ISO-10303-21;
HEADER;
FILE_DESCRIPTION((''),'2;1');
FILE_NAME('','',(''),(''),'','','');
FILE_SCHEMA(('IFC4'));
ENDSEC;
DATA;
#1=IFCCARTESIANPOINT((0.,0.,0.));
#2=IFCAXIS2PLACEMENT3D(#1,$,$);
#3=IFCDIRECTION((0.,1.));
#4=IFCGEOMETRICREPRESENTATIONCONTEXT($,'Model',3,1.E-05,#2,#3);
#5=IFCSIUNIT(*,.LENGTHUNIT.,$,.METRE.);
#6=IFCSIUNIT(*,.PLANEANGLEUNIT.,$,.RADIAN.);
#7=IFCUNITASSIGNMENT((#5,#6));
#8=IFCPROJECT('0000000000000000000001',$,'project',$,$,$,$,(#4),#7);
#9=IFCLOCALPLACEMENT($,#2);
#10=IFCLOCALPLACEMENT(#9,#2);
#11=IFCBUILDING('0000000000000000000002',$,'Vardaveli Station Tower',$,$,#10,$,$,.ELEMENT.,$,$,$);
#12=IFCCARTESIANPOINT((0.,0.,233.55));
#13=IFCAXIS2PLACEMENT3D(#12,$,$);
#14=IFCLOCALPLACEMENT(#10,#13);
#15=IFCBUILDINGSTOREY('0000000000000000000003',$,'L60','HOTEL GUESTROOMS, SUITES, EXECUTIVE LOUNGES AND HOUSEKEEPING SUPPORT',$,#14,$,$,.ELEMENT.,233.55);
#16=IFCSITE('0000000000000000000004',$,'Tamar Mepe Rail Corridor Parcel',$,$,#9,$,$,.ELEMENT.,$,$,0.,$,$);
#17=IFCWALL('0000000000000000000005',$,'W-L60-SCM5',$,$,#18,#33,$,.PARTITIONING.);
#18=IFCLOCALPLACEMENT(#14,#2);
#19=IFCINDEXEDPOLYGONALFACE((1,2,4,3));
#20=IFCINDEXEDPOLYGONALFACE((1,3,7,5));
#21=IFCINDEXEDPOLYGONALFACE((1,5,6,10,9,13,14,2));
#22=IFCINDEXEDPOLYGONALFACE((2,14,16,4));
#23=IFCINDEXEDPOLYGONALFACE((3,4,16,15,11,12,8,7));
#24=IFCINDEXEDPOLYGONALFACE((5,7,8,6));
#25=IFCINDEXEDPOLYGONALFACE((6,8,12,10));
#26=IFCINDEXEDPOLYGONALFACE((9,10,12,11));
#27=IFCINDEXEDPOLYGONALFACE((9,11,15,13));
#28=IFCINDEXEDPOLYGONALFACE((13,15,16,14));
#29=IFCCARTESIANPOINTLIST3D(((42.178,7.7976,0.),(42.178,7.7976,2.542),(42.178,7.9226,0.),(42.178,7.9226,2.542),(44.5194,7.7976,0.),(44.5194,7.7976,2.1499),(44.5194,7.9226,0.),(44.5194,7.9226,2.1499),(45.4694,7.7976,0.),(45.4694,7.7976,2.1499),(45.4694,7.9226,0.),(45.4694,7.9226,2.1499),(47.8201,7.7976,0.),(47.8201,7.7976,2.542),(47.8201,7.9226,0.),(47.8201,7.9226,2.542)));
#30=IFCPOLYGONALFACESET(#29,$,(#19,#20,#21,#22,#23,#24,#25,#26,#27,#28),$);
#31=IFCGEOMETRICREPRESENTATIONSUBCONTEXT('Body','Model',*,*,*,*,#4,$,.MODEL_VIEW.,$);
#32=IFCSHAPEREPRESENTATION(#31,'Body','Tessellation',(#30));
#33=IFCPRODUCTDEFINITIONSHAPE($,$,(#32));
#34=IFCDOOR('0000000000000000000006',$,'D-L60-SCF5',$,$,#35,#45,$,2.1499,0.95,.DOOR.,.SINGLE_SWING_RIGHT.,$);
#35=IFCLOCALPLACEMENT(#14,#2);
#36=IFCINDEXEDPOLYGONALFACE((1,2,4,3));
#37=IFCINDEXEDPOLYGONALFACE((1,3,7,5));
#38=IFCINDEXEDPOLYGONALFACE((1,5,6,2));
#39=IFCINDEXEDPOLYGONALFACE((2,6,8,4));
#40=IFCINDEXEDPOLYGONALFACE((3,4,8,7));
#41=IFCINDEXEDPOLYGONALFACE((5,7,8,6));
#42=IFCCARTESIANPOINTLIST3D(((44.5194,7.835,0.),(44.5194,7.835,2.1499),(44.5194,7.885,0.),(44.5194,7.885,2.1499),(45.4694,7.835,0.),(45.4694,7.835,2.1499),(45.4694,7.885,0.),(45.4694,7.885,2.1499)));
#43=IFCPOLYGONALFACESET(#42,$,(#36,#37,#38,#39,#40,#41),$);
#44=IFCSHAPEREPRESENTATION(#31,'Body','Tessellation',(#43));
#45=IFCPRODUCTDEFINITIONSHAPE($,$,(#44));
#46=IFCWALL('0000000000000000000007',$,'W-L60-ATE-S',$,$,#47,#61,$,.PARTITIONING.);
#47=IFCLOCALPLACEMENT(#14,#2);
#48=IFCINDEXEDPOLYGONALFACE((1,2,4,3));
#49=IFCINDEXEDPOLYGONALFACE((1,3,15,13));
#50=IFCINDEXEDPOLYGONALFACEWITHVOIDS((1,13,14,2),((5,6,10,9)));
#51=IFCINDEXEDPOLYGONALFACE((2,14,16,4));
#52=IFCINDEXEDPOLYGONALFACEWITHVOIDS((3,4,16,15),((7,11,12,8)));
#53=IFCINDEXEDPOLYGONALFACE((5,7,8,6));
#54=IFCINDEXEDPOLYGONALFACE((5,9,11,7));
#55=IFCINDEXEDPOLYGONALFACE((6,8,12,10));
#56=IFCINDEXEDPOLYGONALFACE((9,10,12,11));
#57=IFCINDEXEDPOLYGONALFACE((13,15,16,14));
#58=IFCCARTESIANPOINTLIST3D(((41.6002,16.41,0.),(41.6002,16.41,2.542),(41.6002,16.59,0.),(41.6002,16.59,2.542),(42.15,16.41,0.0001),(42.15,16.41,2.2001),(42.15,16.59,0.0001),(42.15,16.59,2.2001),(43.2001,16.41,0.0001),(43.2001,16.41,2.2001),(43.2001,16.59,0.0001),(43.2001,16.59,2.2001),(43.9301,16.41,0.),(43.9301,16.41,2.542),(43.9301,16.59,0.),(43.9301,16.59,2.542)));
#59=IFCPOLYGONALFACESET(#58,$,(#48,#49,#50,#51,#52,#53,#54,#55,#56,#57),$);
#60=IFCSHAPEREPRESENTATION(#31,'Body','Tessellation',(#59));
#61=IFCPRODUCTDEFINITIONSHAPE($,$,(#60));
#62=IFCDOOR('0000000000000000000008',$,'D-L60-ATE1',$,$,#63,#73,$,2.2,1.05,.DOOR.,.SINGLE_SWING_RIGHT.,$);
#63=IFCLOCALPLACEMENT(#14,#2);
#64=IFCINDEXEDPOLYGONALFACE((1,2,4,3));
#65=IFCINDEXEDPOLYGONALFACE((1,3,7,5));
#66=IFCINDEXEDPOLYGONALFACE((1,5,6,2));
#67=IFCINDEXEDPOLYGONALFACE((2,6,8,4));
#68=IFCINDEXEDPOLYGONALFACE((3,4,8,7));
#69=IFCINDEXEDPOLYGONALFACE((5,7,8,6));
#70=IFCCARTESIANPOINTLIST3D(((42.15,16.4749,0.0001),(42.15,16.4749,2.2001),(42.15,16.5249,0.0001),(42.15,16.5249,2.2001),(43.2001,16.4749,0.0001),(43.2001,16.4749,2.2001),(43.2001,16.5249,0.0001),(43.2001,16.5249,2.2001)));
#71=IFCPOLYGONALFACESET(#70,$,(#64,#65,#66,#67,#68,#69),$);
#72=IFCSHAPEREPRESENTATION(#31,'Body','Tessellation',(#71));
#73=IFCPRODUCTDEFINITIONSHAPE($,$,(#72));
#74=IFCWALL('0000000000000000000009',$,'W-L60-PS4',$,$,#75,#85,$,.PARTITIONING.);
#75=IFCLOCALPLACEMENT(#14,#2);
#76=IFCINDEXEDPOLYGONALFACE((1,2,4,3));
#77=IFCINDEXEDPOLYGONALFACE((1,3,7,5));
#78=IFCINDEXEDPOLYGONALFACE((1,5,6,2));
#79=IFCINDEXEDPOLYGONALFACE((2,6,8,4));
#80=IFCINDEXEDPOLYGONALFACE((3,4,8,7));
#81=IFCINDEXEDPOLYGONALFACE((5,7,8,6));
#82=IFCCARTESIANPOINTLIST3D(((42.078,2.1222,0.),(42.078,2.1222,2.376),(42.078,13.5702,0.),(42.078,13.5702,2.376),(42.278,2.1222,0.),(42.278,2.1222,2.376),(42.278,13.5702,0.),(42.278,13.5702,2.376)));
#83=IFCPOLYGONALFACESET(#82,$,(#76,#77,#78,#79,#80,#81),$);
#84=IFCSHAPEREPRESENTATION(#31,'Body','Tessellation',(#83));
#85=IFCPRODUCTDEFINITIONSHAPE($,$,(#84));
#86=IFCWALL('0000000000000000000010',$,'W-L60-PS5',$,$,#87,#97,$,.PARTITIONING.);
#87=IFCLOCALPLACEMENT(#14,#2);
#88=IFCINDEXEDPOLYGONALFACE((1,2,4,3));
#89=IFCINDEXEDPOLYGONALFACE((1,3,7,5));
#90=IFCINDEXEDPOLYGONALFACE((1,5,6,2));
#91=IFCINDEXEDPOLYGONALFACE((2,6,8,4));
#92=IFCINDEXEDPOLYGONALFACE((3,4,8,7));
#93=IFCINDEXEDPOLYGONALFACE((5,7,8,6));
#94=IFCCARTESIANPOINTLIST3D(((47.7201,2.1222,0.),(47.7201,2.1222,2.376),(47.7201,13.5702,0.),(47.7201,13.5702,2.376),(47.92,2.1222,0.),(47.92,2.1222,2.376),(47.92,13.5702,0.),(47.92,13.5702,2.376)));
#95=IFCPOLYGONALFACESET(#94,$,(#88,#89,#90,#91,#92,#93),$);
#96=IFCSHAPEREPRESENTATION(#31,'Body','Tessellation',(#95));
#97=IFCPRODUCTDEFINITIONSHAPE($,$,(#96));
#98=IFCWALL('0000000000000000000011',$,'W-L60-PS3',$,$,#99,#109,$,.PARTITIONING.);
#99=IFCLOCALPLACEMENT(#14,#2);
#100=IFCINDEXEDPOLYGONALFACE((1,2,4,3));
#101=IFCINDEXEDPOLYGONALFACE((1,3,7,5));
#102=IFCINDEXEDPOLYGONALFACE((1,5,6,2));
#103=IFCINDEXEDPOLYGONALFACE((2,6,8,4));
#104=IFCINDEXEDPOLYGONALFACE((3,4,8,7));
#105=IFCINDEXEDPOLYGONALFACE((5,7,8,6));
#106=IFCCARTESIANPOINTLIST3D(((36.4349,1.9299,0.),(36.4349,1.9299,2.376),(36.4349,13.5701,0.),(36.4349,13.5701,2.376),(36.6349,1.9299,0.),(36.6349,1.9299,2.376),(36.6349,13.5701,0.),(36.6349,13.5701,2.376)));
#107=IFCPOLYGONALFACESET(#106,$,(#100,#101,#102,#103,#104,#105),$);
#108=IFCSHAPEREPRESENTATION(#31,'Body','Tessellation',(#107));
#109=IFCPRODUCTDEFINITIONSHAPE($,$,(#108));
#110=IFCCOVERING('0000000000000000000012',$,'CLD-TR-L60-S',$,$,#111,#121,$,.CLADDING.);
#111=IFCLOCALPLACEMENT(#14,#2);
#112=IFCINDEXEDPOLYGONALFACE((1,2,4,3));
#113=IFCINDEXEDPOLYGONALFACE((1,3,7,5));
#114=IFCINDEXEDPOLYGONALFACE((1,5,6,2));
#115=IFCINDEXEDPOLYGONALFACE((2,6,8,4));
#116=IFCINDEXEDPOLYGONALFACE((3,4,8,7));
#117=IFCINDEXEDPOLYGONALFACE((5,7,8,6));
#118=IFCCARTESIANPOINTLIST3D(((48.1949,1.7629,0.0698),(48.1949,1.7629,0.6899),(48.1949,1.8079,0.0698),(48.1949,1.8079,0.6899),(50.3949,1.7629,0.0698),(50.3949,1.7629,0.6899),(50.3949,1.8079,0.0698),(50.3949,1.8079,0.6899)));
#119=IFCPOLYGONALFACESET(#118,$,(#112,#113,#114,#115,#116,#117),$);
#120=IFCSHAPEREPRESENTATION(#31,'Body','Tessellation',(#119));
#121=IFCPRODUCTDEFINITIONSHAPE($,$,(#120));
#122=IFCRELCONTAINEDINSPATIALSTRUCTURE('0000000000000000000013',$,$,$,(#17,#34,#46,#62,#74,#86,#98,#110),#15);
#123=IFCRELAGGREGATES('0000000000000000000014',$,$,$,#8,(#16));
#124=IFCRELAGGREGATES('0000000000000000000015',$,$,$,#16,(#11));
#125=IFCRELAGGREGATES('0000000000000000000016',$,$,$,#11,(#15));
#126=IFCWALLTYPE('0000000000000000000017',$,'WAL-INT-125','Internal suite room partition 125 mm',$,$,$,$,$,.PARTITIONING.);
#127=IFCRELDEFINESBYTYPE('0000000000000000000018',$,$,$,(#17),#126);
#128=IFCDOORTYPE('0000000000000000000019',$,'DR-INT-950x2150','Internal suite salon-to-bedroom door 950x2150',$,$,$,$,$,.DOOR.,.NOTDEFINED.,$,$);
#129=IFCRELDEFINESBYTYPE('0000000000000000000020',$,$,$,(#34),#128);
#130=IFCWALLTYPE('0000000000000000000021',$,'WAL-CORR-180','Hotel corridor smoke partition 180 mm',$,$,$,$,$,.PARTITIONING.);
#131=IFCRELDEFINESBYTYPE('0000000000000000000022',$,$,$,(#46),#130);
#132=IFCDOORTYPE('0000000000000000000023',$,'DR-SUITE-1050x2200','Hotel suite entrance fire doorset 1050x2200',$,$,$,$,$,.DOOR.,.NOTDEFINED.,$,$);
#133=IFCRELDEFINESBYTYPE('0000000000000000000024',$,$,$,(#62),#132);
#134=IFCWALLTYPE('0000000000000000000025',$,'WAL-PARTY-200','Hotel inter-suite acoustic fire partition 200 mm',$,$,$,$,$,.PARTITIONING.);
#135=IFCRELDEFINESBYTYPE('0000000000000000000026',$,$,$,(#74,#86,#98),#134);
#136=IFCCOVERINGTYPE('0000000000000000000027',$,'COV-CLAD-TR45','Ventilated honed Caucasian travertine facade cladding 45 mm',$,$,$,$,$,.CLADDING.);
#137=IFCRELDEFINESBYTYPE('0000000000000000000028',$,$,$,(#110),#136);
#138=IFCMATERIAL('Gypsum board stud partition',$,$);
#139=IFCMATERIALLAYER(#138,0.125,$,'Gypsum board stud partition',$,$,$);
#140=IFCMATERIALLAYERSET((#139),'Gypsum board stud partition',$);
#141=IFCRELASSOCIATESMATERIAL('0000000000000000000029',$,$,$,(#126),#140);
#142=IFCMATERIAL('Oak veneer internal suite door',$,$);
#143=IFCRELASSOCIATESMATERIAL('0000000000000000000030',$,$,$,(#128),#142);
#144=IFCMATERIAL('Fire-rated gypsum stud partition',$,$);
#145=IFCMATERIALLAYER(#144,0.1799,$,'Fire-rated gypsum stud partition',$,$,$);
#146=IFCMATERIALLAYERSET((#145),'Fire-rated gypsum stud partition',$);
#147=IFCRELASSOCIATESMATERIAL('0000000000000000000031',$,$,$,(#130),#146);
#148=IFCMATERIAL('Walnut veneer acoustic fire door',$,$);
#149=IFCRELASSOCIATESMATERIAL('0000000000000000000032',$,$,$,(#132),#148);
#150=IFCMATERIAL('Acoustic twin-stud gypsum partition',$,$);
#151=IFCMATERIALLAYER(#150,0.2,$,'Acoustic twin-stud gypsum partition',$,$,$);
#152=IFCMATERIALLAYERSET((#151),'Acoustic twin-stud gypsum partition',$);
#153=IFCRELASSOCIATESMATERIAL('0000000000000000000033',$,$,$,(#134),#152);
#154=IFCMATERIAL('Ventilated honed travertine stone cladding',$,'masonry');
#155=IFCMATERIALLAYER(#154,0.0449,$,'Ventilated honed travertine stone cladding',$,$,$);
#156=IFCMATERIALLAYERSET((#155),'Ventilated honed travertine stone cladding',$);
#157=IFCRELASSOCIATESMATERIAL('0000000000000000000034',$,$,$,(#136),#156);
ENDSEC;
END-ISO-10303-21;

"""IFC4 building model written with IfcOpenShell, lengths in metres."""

from ifc_helpers import new_model, si_unit, direction, frame, frame_2d, origin, origin_2d, place, context, subcontext, project, spatial, rectangle, extrude, source, transform, mapped, material, layer, layer_set, type_object, element, fill, save


model = new_model("IFC4")

# Units and contexts
model_context = context("Model", 3, precision=1e-05, world=origin(), true_north=direction((0.0, 1.0)))
body_context = subcontext(model_context, "Body", "Model", "MODEL_VIEW")
ifc_project = project(units=[si_unit("LENGTHUNIT", "METRE"), si_unit("PLANEANGLEUNIT", "RADIAN")], contexts=[model_context])

# Site, building, storey
site_placement = place(None, origin())
site = spatial("IfcSite", under=ifc_project, at=site_placement, Name="Tamar Mepe Rail Corridor Parcel", CompositionType="ELEMENT", RefElevation=0.0)
building_placement = place(site_placement, origin())
building = spatial("IfcBuilding", under=site, at=building_placement, Name="Vardaveli Station Tower", CompositionType="ELEMENT")
storey_placement = place(building_placement, frame((0.0, 0.0, 233.55)))
storey = spatial("IfcBuildingStorey", under=building, at=storey_placement, Name="L60", Description="HOTEL GUESTROOMS, SUITES, EXECUTIVE LOUNGES AND HOUSEKEEPING SUPPORT", CompositionType="ELEMENT", Elevation=233.55)

# Walls, openings, doors
ifc_material_1 = material(Name="Gypsum board stud partition")
ifc_layer_1 = layer(ifc_material_1, 0.125, Name="Gypsum board stud partition")
ifc_layer_set_1 = layer_set([ifc_layer_1], Name="Gypsum board stud partition")
wall_type_1 = type_object("IfcWallType", Name="WAL-INT-125", Description="Internal suite room partition 125 mm", PredefinedType="PARTITIONING", material=ifc_layer_set_1)
shared_shape_1 = source(origin(), body_context, "Body", "SweptSolid", [
    extrude(rectangle(XDim=5.6421, YDim=0.125, at=frame_2d((2.821, 0.0))), origin(), (0.0, 0.0, 1.0), 2.542),
])
wall_1_placement = place(storey_placement, frame((42.178, 7.8601, 0.0), z_axis=(0.0, 0.0, 1.0), x_axis=(1.0, 0.0, 0.0)))
wall_1 = element("IfcWall", 1, at=wall_1_placement, inside=storey, type_object=wall_type_1, Name="W-L60-SCM5", PredefinedType="PARTITIONING", context=body_context, shape_type="MappedRepresentation", body=[
    mapped(shared_shape_1, transform((0.0, 0.0, 0.0), scale=1.0)),
])
shared_shape_2 = source(origin(), body_context, "Body", "SweptSolid", [
    extrude(rectangle(XDim=0.95, YDim=2.1499, at=frame_2d((0.4751, 1.075))), frame((0.0, 0.0725, 0.0), z_axis=(0.0, -1.0, 0.0), x_axis=(1.0, 0.0, 0.0)), (0.0, 0.0, 1.0), 0.145),
])
opening_1_placement = place(wall_1_placement, frame((2.3413, 0.0, 0.0)))
opening_1 = element("IfcOpeningElement", 2, at=opening_1_placement, cuts=wall_1, PredefinedType="OPENING", context=body_context, shape_type="MappedRepresentation", body=[
    mapped(shared_shape_2, transform((0.0, 0.0, 0.0), scale=1.0)),
])
ifc_material_2 = material(Name="Oak veneer internal suite door")
door_type_1 = type_object("IfcDoorType", Name="DR-INT-950x2150", Description="Internal suite salon-to-bedroom door 950x2150", OperationType="NOTDEFINED", PredefinedType="DOOR", material=ifc_material_2)
shared_shape_3 = source(origin(), body_context, "Body", "SweptSolid", [
    extrude(rectangle(XDim=0.95, YDim=2.1499, at=frame_2d((0.4751, 1.075))), frame((0.0, 0.0249, 0.0), z_axis=(0.0, -1.0, 0.0), x_axis=(1.0, 0.0, 0.0)), (0.0, 0.0, 1.0), 0.05),
])
door_1_placement = place(opening_1_placement, origin())
door_1 = element("IfcDoor", 3, at=door_1_placement, inside=storey, type_object=door_type_1, Name="D-L60-SCF5", OperationType="SINGLE_SWING_RIGHT", OverallHeight=2.1499, OverallWidth=0.95, PredefinedType="DOOR", context=body_context, shape_type="MappedRepresentation", body=[
    mapped(shared_shape_3, transform((0.0, 0.0, 0.0), scale=1.0)),
])
fill(opening_1, door_1)
ifc_material_3 = material(Name="Fire-rated gypsum stud partition")
ifc_layer_2 = layer(ifc_material_3, 0.1799, Name="Fire-rated gypsum stud partition")
ifc_layer_set_2 = layer_set([ifc_layer_2], Name="Fire-rated gypsum stud partition")
wall_type_2 = type_object("IfcWallType", Name="WAL-CORR-180", Description="Hotel corridor smoke partition 180 mm", PredefinedType="PARTITIONING", material=ifc_layer_set_2)
shared_shape_4 = source(origin(), body_context, "Body", "SweptSolid", [
    extrude(rectangle(XDim=2.3298, YDim=0.1799, at=frame_2d((1.165, 0.0))), origin(), (0.0, 0.0, 1.0), 2.542),
])
wall_2_placement = place(storey_placement, frame((41.6001, 16.5, 0.0), z_axis=(0.0, 0.0, 1.0), x_axis=(1.0, 0.0, 0.0)))
wall_2 = element("IfcWall", 4, at=wall_2_placement, inside=storey, type_object=wall_type_2, Name="W-L60-ATE-S", PredefinedType="PARTITIONING", context=body_context, shape_type="MappedRepresentation", body=[
    mapped(shared_shape_4, transform((0.0, 0.0, 0.0), scale=1.0)),
])
shared_shape_5 = source(origin(), body_context, "Body", "SweptSolid", [
    extrude(rectangle(XDim=1.05, YDim=2.2, at=frame_2d((0.5249, 1.1001))), frame((0.0, 0.1001, 0.0), z_axis=(0.0, -1.0, 0.0), x_axis=(1.0, 0.0, 0.0)), (0.0, 0.0, 1.0), 0.2),
])
opening_2_placement = place(wall_2_placement, frame((0.55, 0.0, 0.0)))
opening_2 = element("IfcOpeningElement", 5, at=opening_2_placement, cuts=wall_2, PredefinedType="OPENING", context=body_context, shape_type="MappedRepresentation", body=[
    mapped(shared_shape_5, transform((0.0, 0.0, 0.0), scale=1.0)),
])
ifc_material_4 = material(Name="Walnut veneer acoustic fire door")
door_type_2 = type_object("IfcDoorType", Name="DR-SUITE-1050x2200", Description="Hotel suite entrance fire doorset 1050x2200", OperationType="NOTDEFINED", PredefinedType="DOOR", material=ifc_material_4)
shared_shape_6 = source(origin(), body_context, "Body", "SweptSolid", [
    extrude(rectangle(XDim=1.05, YDim=2.2, at=frame_2d((0.5249, 1.1001))), frame((0.0, 0.0249, 0.0), z_axis=(0.0, -1.0, 0.0), x_axis=(1.0, 0.0, 0.0)), (0.0, 0.0, 1.0), 0.05),
])
door_2_placement = place(opening_2_placement, origin())
door_2 = element("IfcDoor", 6, at=door_2_placement, inside=storey, type_object=door_type_2, Name="D-L60-ATE1", OperationType="SINGLE_SWING_RIGHT", OverallHeight=2.2, OverallWidth=1.05, PredefinedType="DOOR", context=body_context, shape_type="MappedRepresentation", body=[
    mapped(shared_shape_6, transform((0.0, 0.0, 0.0), scale=1.0)),
])
fill(opening_2, door_2)

# Walls
ifc_material_5 = material(Name="Acoustic twin-stud gypsum partition")
ifc_layer_3 = layer(ifc_material_5, 0.2, Name="Acoustic twin-stud gypsum partition")
ifc_layer_set_3 = layer_set([ifc_layer_3], Name="Acoustic twin-stud gypsum partition")
wall_type_3 = type_object("IfcWallType", Name="WAL-PARTY-200", Description="Hotel inter-suite acoustic fire partition 200 mm", PredefinedType="PARTITIONING", material=ifc_layer_set_3)
shared_shape_7 = source(origin(), body_context, "Body", "SweptSolid", [
    extrude(rectangle(XDim=11.448, YDim=0.2, at=frame_2d((5.7241, 0.0))), origin(), (0.0, 0.0, 1.0), 2.376),
])
for number, where, z_axis, x_axis, name in (
    (7, (42.178, 2.1221, 0.0), (0.0, 0.0, 1.0), (0.0, 1.0, 0.0), "W-L60-PS4"),
    (8, (47.8201, 2.1221, 0.0), (0.0, 0.0, 1.0), (0.0, 1.0, 0.0), "W-L60-PS5"),
):
    element("IfcWall", number, at=place(storey_placement, frame(where, z_axis=z_axis, x_axis=x_axis)), inside=storey, type_object=wall_type_3, Name=name, PredefinedType="PARTITIONING", context=body_context, shape_type="MappedRepresentation", body=[
        mapped(shared_shape_7, transform((0.0, 0.0, 0.0), scale=1.0)),
    ])
shared_shape_8 = source(origin(), body_context, "Body", "SweptSolid", [
    extrude(rectangle(XDim=11.6401, YDim=0.2, at=frame_2d((5.8201, 0.0))), origin(), (0.0, 0.0, 1.0), 2.376),
])
wall_3_placement = place(storey_placement, frame((36.5349, 1.9299, 0.0), z_axis=(0.0, 0.0, 1.0), x_axis=(0.0, 1.0, 0.0)))
element("IfcWall", 9, at=wall_3_placement, inside=storey, type_object=wall_type_3, Name="W-L60-PS3", PredefinedType="PARTITIONING", context=body_context, shape_type="MappedRepresentation", body=[
    mapped(shared_shape_8, transform((0.0, 0.0, 0.0), scale=1.0)),
])

# Covering
ifc_material_6 = material(Name="Ventilated honed travertine stone cladding", Category="masonry")
ifc_layer_4 = layer(ifc_material_6, 0.0449, Name="Ventilated honed travertine stone cladding")
ifc_layer_set_4 = layer_set([ifc_layer_4], Name="Ventilated honed travertine stone cladding")
covering_type = type_object("IfcCoveringType", Name="COV-CLAD-TR45", Description="Ventilated honed Caucasian travertine facade cladding 45 mm", PredefinedType="CLADDING", material=ifc_layer_set_4)
shared_shape_9 = source(origin(), body_context, "Body", "SweptSolid", [
    extrude(rectangle(XDim=2.2, YDim=0.0449, at=origin_2d()), origin(), (0.0, 0.0, 1.0), 0.6201),
])
covering_placement = place(storey_placement, frame((49.2949, 1.7854, 0.0698), z_axis=(0.0, 0.0, 1.0), x_axis=(1.0, 0.0, 0.0)))
element("IfcCovering", 10, at=covering_placement, inside=storey, type_object=covering_type, Name="CLD-TR-L60-S", PredefinedType="CLADDING", context=body_context, shape_type="MappedRepresentation", body=[
    mapped(shared_shape_9, transform((0.0, 0.0, 0.0), scale=1.0)),
])

save(model, "model.ifc")
